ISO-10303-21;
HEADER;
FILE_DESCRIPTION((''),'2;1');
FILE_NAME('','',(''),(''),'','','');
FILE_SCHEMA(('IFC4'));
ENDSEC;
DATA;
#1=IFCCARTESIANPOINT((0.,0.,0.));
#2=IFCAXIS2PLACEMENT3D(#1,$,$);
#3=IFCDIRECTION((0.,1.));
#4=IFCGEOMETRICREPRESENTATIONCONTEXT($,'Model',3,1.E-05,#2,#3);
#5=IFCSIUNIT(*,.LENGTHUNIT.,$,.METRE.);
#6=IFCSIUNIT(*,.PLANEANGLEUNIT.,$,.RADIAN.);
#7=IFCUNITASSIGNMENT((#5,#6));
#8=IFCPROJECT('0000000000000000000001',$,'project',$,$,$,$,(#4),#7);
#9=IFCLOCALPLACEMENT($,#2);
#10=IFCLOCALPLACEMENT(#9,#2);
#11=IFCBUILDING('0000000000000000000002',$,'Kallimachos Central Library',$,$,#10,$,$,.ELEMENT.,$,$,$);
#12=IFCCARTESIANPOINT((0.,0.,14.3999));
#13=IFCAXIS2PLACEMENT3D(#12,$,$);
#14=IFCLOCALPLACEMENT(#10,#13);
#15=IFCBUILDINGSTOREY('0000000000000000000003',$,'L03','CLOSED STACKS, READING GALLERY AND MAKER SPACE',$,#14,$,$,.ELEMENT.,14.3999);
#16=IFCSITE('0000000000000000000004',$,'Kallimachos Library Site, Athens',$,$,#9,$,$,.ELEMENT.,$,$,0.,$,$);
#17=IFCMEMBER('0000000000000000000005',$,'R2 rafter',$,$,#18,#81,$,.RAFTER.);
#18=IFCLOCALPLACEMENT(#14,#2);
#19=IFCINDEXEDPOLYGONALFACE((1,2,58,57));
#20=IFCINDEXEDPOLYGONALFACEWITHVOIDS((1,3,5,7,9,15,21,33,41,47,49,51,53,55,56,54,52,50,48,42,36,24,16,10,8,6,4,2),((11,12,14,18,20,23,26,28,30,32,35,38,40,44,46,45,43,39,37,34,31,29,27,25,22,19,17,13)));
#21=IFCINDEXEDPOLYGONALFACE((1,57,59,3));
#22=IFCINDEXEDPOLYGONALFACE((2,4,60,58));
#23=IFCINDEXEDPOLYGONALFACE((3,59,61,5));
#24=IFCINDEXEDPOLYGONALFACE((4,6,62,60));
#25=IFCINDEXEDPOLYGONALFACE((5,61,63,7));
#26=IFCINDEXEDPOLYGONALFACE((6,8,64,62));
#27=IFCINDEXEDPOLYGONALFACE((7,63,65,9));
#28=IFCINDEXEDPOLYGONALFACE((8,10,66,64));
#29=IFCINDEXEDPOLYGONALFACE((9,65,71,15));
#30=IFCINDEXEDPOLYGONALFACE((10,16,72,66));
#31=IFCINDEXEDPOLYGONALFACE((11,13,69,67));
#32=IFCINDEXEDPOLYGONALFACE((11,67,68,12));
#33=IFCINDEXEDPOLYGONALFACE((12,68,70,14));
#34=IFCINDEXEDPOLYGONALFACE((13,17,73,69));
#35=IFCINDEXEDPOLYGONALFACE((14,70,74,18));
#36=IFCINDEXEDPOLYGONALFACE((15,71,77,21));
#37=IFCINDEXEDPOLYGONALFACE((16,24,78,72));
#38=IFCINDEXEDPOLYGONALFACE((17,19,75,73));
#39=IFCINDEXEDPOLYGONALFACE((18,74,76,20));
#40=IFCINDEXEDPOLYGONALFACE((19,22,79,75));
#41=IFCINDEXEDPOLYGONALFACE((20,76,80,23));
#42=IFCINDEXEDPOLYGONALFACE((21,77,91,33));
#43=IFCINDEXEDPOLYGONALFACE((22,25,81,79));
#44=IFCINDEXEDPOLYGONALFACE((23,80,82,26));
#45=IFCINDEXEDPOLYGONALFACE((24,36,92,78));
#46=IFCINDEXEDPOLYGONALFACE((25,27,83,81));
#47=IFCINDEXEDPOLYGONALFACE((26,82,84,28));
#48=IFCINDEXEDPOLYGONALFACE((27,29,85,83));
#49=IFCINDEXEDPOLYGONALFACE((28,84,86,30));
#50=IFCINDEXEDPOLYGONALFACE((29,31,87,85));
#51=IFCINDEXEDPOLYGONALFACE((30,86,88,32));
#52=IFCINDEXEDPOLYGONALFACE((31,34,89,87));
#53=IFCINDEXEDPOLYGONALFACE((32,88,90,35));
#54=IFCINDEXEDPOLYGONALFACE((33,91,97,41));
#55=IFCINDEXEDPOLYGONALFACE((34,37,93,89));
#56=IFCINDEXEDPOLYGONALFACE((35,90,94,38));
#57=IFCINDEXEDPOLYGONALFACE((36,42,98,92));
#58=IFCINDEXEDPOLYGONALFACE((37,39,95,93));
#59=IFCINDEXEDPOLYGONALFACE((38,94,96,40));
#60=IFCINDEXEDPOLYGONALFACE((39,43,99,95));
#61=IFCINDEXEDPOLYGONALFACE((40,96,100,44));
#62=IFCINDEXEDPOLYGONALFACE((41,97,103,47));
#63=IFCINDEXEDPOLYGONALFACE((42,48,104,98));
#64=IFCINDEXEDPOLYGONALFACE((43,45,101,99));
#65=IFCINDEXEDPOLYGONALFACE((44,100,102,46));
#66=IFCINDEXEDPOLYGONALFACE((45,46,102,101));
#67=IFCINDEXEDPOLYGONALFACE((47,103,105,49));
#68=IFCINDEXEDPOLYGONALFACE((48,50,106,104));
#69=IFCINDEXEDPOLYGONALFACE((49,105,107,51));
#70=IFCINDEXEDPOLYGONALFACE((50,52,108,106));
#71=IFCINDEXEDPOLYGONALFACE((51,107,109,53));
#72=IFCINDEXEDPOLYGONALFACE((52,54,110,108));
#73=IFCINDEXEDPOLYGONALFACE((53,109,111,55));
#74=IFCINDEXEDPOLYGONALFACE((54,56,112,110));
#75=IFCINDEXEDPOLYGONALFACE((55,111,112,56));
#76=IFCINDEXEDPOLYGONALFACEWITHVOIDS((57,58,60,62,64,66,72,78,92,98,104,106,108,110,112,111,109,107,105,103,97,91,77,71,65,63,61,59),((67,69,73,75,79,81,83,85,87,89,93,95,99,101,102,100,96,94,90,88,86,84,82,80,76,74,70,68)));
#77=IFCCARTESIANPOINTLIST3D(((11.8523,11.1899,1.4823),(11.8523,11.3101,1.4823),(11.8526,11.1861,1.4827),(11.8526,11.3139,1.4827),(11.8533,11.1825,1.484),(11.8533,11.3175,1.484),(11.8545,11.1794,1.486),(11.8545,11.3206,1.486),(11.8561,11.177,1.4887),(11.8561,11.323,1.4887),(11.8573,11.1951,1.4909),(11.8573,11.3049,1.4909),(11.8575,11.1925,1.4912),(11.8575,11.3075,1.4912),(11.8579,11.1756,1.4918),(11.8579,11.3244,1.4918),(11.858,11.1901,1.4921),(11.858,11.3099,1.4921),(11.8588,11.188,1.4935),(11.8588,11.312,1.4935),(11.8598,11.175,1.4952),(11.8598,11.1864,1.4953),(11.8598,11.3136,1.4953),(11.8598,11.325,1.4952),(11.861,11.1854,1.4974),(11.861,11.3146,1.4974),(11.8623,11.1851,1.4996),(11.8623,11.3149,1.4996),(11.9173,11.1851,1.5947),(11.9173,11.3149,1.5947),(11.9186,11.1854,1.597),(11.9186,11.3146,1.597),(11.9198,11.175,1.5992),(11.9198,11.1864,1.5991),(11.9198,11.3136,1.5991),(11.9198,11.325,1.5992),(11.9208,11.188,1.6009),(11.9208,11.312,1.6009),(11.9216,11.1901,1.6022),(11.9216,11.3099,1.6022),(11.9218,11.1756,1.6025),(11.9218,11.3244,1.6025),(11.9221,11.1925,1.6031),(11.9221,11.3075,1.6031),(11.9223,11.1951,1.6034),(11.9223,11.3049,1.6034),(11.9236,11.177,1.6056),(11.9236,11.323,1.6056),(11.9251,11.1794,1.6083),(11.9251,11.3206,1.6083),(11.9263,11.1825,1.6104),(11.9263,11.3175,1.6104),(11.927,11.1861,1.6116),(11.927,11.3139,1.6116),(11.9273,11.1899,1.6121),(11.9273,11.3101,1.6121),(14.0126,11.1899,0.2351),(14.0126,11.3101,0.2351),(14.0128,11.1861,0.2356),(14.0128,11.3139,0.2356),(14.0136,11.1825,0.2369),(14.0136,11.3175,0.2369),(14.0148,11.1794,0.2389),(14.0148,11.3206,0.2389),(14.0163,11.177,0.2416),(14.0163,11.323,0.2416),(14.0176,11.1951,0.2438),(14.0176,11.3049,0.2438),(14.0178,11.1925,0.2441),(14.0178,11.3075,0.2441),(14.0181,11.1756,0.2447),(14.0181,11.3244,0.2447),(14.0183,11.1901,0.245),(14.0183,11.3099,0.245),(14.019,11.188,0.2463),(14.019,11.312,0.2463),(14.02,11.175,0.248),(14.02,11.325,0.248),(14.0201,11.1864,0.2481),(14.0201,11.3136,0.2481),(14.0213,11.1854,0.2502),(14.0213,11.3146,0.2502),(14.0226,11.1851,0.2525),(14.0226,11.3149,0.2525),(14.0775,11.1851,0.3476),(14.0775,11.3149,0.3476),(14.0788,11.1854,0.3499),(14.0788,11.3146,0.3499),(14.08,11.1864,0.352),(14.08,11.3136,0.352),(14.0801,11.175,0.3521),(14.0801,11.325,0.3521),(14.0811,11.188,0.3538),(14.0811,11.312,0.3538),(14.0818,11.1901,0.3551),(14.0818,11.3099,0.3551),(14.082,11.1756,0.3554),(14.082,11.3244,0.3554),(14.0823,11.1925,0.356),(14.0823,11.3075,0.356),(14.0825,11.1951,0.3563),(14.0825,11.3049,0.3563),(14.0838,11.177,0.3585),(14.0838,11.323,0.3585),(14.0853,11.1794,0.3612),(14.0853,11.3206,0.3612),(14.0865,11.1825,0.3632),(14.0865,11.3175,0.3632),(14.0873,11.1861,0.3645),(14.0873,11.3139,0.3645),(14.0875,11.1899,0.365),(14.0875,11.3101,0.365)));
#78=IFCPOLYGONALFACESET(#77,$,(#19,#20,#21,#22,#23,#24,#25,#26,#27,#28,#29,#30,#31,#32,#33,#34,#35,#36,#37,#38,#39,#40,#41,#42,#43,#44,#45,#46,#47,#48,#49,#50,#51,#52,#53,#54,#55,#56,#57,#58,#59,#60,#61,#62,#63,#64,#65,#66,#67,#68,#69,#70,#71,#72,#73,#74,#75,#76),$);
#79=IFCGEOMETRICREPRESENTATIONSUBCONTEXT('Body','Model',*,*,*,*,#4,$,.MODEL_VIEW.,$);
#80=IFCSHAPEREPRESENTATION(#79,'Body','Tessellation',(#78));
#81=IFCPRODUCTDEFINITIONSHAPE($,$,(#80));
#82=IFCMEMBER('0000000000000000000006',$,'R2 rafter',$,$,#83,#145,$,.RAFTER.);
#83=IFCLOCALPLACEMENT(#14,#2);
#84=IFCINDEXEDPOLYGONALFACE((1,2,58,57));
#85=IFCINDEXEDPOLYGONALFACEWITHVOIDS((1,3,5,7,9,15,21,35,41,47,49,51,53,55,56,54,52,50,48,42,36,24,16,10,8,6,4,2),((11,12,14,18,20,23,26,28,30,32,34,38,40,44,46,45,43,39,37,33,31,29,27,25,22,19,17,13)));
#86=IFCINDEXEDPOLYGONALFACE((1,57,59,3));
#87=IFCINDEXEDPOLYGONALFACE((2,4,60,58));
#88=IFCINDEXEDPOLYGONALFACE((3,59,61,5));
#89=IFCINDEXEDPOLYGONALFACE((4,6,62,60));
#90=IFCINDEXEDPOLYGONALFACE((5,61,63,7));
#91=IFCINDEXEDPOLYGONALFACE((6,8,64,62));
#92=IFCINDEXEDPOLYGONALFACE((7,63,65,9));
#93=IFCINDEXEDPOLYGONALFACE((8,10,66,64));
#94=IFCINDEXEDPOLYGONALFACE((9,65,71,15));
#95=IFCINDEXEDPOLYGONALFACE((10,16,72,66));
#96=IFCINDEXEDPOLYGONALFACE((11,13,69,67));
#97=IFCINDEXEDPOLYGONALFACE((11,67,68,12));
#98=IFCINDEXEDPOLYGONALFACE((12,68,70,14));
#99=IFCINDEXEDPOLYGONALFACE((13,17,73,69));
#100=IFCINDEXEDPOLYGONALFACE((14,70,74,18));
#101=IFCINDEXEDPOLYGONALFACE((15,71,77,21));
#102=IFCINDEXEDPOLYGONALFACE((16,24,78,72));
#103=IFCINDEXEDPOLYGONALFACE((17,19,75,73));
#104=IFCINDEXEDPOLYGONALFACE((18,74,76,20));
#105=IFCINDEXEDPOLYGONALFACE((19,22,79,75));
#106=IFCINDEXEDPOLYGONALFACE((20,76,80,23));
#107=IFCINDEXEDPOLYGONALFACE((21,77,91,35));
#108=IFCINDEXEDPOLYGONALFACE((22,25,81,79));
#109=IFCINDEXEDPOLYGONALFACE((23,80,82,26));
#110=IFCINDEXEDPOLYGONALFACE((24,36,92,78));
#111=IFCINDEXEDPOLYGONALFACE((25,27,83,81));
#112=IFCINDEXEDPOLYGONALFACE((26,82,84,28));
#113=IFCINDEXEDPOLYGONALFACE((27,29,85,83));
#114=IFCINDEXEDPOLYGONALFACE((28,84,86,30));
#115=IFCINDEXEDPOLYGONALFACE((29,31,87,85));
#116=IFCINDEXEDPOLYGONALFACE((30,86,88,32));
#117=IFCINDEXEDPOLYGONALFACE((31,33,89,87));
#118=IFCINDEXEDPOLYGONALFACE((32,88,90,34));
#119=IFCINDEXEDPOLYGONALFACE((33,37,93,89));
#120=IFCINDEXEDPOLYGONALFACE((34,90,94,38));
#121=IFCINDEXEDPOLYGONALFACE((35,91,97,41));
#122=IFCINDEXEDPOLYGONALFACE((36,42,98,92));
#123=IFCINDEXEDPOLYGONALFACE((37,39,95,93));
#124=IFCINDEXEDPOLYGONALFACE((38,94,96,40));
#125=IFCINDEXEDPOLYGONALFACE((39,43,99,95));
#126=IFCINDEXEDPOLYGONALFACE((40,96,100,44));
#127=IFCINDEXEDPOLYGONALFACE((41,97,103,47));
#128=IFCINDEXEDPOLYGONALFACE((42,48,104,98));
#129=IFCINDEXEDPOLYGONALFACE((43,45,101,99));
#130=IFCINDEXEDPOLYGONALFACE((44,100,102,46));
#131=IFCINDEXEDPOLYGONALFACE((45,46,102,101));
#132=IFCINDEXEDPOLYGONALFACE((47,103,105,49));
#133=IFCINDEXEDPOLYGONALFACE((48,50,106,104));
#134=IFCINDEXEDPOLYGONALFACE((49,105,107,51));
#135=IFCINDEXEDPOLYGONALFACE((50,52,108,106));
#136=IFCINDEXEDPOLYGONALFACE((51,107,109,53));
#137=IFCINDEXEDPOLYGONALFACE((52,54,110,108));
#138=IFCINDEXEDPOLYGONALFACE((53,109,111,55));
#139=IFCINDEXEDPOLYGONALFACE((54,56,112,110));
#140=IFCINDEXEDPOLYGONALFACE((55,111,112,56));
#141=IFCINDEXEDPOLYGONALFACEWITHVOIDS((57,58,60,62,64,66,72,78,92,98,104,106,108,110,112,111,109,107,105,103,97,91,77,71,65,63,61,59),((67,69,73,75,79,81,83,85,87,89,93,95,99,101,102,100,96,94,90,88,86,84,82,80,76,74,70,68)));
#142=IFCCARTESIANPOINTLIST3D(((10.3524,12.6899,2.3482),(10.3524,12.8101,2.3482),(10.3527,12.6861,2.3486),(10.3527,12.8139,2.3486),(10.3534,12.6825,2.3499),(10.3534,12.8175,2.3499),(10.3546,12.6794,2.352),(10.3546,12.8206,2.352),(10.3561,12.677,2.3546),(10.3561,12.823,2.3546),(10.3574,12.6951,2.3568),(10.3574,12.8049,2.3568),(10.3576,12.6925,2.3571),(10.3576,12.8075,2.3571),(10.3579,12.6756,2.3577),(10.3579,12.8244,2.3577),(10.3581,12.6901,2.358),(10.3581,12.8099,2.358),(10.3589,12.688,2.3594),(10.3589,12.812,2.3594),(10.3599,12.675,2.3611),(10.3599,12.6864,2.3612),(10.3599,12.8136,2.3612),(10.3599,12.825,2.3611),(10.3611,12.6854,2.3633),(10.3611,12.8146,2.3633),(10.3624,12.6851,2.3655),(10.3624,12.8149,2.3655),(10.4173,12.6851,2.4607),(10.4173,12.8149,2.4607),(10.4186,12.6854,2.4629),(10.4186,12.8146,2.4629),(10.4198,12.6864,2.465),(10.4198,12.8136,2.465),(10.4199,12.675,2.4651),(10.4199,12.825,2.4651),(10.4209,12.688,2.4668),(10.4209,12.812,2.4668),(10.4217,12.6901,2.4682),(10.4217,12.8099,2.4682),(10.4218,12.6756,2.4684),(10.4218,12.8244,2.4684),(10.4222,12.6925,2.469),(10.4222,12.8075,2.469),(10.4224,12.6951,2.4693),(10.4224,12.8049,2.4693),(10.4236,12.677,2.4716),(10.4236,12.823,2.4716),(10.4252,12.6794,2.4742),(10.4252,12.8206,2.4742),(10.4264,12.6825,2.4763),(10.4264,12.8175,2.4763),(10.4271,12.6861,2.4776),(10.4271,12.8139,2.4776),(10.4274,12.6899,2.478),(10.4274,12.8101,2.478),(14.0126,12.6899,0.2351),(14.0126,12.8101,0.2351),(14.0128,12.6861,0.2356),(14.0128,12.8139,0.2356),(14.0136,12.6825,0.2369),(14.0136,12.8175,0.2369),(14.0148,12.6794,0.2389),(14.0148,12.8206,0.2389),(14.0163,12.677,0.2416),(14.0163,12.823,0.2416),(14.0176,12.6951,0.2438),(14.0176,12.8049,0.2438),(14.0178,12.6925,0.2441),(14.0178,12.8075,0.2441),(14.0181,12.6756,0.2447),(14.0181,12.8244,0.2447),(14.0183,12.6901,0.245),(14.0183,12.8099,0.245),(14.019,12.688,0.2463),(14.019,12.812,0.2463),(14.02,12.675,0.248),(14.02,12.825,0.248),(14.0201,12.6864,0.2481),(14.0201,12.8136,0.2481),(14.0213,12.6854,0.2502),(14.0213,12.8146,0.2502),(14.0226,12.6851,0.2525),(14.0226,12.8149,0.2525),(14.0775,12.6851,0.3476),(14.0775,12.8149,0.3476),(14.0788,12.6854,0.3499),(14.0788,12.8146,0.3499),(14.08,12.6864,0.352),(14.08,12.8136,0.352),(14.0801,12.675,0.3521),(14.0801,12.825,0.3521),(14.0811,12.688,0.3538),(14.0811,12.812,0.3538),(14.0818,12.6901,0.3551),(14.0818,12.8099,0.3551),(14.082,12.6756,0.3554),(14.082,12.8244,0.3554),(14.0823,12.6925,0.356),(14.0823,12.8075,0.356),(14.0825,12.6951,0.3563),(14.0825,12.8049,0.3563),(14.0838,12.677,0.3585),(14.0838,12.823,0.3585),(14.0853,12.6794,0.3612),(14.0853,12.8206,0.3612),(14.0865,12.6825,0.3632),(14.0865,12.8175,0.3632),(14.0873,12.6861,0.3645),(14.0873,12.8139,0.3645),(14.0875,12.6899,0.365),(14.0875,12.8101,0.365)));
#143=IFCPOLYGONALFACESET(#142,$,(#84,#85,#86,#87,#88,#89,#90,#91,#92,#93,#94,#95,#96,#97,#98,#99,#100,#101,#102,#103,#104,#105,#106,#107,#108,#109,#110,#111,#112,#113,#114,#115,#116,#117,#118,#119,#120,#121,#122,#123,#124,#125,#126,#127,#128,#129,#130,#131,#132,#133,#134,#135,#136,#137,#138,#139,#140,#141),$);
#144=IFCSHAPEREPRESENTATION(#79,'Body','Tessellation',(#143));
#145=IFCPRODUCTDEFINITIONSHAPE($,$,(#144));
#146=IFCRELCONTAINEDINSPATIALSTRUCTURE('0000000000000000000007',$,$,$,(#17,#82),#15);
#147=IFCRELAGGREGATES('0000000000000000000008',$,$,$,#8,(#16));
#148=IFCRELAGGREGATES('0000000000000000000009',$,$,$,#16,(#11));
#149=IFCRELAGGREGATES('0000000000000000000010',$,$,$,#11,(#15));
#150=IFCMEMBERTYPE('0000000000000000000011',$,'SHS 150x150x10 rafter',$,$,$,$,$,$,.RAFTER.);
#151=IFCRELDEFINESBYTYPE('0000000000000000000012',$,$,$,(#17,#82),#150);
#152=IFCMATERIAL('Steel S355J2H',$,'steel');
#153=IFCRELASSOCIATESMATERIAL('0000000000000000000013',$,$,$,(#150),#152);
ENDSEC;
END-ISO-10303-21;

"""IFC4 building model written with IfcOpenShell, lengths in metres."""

from ifc_helpers import new_model, si_unit, direction, frame, origin, origin_2d, place, context, subcontext, project, spatial, hollow_rectangle, extrude, material, material_profile, profile_set, type_object, element, save


model = new_model("IFC4")

# Units and contexts
model_context = context("Model", 3, precision=1e-05, world=origin(), true_north=direction((0.0, 1.0)))
body_context = subcontext(model_context, "Body", "Model", "MODEL_VIEW")
ifc_project = project(units=[si_unit("LENGTHUNIT", "METRE"), si_unit("PLANEANGLEUNIT", "RADIAN")], contexts=[model_context])

# Site, building, storey
site_placement = place(None, origin())
site = spatial("IfcSite", under=ifc_project, at=site_placement, Name="Kallimachos Library Site, Athens", CompositionType="ELEMENT", RefElevation=0.0)
building_placement = place(site_placement, origin())
building = spatial("IfcBuilding", under=site, at=building_placement, Name="Kallimachos Central Library", CompositionType="ELEMENT")
storey_placement = place(building_placement, frame((0.0, 0.0, 14.3999)))
storey = spatial("IfcBuildingStorey", under=building, at=storey_placement, Name="L03", Description="CLOSED STACKS, READING GALLERY AND MAKER SPACE", CompositionType="ELEMENT", Elevation=14.3999)

# Members
ifc_material_1 = material(Name="Steel S355J2H", Category="steel")
ifc_material_profile_1 = material_profile(ifc_material_1, hollow_rectangle(XDim=0.1499, YDim=0.1499, WallThickness=0.01, InnerFilletRadius=0.01, OuterFilletRadius=0.0149, at=origin_2d()), Name="SHS 150x150x10")
ifc_profile_set_1 = profile_set([ifc_material_profile_1], Name="Steel S355J2H")
member_type_1 = type_object("IfcMemberType", Name="SHS 150x150x10 rafter", PredefinedType="RAFTER", material=ifc_profile_set_1)
member_1_placement = place(storey_placement, frame((14.05, 11.25, 0.3), z_axis=(-0.866042, 0.0, 0.499971), x_axis=(0.0, -1.0, 0.0)))
element("IfcMember", 1, at=member_1_placement, inside=storey, type_object=member_type_1, Name="R2 rafter", PredefinedType="RAFTER", context=body_context, shape_type="SweptSolid", body=[
    extrude(hollow_rectangle(XDim=0.1499, YDim=0.1499, WallThickness=0.01, InnerFilletRadius=0.01, OuterFilletRadius=0.0149, at=origin_2d()), origin(), (0.0, 0.0, 1.0), 2.4944),
])
member_2_placement = place(storey_placement, frame((14.05, 12.75, 0.3), z_axis=(-0.866041, 0.0, 0.499972), x_axis=(0.0, -1.0, 0.0)))
element("IfcMember", 2, at=member_2_placement, inside=storey, type_object=member_type_1, Name="R2 rafter", PredefinedType="RAFTER", context=body_context, shape_type="SweptSolid", body=[
    extrude(hollow_rectangle(XDim=0.1499, YDim=0.1499, WallThickness=0.01, InnerFilletRadius=0.01, OuterFilletRadius=0.0149, at=origin_2d()), origin(), (0.0, 0.0, 1.0), 4.2263),
])

save(model, "model.ifc")
